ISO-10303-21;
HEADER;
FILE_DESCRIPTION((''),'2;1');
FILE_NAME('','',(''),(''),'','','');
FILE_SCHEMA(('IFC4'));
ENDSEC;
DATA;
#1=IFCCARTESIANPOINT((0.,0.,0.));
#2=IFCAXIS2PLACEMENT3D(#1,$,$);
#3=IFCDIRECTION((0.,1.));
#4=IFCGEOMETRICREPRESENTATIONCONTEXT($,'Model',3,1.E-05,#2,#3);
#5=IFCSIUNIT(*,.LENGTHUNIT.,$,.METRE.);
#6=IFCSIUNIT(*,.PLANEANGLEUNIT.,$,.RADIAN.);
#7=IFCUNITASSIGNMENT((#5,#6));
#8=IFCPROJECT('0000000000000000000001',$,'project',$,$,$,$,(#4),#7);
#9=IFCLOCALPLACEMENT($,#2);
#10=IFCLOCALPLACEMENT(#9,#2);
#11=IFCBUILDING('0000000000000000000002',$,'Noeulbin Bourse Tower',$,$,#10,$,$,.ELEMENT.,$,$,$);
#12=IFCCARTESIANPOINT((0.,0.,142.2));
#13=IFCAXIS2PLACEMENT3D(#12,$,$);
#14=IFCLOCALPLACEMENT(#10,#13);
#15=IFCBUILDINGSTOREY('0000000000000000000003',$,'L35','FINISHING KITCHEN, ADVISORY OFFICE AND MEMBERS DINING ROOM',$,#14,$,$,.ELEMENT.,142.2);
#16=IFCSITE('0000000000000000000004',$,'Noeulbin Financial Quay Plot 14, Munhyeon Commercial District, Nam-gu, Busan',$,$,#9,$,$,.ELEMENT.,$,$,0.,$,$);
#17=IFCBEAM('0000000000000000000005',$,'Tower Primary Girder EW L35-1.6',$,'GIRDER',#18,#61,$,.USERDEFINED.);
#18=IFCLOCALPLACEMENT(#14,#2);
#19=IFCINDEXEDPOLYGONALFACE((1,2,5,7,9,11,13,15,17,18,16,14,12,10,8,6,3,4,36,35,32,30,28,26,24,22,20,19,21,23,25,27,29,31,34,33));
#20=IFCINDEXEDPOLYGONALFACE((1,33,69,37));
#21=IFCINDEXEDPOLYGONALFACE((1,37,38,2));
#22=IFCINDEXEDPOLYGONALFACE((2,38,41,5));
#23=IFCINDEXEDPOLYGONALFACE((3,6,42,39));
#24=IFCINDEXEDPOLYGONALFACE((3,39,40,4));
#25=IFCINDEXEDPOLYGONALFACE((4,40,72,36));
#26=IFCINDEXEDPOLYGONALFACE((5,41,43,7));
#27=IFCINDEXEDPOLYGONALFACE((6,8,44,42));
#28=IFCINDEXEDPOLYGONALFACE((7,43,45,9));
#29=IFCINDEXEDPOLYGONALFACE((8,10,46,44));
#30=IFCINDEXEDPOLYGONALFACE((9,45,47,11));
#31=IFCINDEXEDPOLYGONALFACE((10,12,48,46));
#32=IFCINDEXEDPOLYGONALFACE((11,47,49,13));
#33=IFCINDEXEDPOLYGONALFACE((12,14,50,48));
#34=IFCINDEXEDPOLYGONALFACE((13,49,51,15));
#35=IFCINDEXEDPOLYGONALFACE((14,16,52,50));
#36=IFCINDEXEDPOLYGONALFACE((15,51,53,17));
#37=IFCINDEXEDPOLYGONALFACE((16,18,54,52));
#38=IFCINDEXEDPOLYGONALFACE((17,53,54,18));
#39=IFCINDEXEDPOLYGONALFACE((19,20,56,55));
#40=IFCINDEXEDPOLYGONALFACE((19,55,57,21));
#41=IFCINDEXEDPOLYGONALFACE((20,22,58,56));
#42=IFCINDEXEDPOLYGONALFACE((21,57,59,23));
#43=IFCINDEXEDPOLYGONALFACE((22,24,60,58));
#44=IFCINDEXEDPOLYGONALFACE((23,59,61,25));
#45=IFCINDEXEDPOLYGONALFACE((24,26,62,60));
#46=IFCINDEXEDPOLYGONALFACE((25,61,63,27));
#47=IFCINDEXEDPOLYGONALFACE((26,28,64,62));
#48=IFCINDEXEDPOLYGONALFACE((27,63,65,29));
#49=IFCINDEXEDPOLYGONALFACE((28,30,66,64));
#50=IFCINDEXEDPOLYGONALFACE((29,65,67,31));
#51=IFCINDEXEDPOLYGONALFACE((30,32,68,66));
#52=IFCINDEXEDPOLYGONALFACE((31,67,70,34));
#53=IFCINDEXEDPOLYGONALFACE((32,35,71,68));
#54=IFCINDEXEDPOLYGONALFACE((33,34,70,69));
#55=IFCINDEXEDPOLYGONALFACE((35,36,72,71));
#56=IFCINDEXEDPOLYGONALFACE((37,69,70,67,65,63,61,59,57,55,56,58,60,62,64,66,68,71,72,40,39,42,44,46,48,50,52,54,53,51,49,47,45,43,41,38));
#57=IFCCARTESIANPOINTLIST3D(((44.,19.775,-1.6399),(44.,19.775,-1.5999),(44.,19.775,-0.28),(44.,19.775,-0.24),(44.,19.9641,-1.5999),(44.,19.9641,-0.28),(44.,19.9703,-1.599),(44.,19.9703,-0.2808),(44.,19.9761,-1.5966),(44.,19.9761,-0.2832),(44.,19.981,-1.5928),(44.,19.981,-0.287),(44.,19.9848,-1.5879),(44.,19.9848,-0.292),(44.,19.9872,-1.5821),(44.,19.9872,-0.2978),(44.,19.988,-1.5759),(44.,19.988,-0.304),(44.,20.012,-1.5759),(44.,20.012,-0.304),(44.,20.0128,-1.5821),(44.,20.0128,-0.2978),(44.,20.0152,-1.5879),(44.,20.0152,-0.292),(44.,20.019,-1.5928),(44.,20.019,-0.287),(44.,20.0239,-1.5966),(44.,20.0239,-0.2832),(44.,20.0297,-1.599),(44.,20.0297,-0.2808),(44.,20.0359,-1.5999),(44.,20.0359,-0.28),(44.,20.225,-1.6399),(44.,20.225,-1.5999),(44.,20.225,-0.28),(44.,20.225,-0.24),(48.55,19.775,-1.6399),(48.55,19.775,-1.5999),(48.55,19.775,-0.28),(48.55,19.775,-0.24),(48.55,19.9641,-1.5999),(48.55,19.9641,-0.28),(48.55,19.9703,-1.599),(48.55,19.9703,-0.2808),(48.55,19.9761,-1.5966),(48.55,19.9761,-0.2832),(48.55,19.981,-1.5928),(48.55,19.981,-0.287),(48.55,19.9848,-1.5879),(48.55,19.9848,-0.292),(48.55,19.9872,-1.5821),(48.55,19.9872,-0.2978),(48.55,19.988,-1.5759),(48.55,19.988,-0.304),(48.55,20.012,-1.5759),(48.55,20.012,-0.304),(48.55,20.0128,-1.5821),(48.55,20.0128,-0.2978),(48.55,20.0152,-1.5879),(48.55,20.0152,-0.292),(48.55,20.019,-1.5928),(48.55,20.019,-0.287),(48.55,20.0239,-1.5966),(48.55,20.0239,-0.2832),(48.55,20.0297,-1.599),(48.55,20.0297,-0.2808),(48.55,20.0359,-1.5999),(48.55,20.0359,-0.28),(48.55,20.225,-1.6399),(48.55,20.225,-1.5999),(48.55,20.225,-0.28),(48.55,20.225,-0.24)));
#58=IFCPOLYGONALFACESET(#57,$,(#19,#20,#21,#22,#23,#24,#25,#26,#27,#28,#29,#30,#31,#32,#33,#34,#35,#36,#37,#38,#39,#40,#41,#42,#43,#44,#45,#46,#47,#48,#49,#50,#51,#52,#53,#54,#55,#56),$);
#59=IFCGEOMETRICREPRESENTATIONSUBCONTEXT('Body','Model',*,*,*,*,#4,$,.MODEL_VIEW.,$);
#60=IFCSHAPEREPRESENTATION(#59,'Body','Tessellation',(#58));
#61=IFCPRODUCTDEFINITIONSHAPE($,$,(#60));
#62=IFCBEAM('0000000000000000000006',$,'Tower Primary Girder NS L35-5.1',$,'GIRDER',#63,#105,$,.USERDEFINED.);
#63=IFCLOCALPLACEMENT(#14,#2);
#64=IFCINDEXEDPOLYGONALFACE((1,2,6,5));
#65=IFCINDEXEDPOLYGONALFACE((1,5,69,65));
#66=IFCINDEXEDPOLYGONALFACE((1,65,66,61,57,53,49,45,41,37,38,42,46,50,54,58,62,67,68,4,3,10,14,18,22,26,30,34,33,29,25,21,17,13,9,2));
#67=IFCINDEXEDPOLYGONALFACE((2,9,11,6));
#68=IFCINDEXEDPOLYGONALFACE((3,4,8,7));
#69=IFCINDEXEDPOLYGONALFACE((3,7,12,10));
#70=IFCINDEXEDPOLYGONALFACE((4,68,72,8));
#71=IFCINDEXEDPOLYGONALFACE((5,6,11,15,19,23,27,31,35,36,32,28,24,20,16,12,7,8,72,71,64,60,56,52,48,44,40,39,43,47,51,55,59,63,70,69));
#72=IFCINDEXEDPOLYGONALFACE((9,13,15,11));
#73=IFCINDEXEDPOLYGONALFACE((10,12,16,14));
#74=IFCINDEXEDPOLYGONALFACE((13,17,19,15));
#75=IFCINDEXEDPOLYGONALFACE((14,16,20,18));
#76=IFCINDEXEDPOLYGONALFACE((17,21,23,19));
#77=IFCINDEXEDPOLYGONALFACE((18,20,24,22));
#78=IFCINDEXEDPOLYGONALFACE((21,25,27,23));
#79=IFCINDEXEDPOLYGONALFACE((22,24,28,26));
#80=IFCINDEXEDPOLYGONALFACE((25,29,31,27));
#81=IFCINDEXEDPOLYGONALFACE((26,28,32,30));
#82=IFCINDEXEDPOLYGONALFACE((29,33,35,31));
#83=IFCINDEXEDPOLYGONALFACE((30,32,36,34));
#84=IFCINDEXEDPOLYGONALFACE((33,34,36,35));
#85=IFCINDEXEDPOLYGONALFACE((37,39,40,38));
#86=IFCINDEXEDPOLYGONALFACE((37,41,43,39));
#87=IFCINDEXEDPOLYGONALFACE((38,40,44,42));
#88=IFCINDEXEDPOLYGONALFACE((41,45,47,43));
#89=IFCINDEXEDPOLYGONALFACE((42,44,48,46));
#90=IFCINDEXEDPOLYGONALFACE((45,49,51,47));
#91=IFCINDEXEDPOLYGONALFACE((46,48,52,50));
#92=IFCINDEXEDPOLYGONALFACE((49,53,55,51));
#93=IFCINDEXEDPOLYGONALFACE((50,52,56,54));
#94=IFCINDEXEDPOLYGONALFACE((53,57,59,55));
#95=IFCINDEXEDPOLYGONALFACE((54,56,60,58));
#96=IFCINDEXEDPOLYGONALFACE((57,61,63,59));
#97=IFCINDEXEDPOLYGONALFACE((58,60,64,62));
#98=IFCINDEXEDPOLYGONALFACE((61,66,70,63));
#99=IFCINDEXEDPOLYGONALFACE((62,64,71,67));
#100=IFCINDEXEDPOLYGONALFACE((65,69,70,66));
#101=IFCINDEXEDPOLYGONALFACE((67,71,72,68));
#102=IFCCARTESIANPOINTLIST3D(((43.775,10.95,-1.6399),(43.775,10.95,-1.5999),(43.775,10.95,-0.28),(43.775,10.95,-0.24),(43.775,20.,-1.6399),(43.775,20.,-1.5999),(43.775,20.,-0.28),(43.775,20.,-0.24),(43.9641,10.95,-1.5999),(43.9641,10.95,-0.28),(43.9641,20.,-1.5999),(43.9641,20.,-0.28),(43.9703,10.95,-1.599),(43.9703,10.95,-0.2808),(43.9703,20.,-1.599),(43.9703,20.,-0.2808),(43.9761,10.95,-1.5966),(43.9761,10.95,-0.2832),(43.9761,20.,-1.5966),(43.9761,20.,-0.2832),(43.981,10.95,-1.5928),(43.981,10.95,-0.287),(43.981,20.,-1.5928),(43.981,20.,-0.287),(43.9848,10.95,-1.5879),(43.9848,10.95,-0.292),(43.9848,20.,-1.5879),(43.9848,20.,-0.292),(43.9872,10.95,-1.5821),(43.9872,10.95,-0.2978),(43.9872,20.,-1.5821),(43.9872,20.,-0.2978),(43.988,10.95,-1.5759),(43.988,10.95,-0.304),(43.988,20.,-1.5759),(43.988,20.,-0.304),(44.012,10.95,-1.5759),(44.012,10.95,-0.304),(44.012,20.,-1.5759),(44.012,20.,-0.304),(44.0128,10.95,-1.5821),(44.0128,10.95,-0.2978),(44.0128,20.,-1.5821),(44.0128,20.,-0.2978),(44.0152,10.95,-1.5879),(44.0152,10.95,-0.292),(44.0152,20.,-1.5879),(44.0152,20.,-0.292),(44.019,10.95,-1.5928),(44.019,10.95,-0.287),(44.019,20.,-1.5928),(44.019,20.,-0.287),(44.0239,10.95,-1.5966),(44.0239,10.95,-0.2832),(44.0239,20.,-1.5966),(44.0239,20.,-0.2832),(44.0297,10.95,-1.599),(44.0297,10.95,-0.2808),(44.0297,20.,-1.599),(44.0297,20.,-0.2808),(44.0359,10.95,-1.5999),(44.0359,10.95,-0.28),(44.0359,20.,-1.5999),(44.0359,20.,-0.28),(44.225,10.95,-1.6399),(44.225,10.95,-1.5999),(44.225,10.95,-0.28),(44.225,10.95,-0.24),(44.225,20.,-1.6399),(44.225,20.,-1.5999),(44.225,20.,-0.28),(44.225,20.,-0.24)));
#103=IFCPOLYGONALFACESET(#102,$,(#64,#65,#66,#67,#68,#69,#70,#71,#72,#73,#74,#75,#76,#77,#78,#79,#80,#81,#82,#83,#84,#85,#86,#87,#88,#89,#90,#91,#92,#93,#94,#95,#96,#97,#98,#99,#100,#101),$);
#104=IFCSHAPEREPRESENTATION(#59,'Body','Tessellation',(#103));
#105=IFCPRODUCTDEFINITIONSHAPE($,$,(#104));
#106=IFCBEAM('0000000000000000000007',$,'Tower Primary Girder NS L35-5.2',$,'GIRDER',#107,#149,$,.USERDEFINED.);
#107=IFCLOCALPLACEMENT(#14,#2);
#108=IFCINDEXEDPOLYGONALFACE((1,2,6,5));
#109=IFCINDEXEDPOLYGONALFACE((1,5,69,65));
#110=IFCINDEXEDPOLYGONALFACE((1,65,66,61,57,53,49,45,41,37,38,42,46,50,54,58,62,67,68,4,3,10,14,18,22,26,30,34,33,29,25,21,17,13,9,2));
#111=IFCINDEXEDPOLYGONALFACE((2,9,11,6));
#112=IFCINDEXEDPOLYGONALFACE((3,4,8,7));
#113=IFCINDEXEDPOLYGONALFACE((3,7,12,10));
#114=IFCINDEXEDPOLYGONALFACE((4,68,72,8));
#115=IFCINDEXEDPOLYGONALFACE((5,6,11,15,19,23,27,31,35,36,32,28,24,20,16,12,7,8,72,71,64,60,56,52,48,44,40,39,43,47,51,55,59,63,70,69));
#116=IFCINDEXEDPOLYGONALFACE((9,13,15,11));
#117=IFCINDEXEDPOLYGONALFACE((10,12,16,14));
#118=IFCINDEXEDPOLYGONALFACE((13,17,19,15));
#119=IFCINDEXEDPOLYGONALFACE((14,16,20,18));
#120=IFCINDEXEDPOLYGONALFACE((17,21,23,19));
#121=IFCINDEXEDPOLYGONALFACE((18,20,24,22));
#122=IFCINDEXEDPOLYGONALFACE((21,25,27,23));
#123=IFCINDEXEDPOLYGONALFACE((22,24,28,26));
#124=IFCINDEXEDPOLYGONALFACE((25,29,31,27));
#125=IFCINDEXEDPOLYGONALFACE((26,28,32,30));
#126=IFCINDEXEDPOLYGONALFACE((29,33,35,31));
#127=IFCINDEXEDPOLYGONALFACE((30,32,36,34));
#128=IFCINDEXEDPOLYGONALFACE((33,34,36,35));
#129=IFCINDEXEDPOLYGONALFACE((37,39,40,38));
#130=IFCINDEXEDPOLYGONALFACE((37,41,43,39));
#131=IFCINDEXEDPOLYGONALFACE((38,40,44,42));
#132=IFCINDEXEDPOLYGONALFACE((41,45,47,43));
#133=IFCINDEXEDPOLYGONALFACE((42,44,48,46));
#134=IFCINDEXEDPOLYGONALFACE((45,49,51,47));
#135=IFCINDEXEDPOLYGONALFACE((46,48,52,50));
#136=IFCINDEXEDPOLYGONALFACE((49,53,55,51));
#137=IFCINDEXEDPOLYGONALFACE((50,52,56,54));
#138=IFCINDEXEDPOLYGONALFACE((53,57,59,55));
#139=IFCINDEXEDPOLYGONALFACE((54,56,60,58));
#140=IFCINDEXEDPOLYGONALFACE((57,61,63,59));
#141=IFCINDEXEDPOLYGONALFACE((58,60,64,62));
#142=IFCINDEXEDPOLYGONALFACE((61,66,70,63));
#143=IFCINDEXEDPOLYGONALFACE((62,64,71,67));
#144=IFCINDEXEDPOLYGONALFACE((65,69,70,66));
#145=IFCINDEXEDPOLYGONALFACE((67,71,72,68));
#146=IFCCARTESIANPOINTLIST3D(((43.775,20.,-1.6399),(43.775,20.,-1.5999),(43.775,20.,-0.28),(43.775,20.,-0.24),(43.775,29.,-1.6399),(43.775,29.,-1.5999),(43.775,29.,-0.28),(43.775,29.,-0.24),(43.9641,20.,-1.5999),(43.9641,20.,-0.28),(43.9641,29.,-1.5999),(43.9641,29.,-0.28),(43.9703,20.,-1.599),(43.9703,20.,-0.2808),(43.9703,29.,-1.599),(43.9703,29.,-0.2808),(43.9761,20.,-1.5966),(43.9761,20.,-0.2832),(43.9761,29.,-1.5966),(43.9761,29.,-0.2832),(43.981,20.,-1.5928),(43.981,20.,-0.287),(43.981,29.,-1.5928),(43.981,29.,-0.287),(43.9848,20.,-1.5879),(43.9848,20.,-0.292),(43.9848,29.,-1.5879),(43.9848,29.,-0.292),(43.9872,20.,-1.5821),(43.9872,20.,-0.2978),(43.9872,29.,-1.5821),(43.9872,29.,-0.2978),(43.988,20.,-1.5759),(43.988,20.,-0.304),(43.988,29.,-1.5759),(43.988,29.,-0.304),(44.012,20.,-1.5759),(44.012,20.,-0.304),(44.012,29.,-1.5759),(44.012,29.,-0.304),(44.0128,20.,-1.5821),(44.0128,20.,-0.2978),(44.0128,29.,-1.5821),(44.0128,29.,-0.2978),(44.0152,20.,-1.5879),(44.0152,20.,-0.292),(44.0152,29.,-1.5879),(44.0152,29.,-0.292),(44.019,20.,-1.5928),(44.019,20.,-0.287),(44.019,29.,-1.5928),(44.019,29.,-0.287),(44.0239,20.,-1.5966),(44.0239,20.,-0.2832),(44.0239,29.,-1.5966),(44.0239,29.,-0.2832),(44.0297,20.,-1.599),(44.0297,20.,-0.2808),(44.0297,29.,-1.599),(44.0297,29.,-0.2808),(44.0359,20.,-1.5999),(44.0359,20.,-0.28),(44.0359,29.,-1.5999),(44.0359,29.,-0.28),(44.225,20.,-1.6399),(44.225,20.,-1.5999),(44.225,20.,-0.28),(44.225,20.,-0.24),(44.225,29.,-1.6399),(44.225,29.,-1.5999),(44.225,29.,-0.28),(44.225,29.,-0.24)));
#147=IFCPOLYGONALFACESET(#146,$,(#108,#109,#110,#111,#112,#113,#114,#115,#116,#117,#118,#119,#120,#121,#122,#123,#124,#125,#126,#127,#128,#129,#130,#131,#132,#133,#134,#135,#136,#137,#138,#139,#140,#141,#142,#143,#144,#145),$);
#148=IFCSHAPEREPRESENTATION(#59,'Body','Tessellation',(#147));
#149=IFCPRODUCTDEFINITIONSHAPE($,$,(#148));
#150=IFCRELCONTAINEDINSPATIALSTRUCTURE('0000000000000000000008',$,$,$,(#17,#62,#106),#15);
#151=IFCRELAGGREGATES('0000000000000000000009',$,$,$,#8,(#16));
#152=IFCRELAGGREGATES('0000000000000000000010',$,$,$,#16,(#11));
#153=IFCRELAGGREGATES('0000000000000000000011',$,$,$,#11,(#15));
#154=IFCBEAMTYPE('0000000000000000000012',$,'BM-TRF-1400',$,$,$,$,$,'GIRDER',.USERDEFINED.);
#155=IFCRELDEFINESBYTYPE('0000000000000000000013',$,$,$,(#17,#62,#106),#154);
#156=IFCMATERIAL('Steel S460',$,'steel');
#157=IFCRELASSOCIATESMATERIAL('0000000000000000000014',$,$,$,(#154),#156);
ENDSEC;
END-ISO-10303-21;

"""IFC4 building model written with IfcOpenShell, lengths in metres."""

from ifc_helpers import new_model, si_unit, direction, frame, origin, origin_2d, place, context, subcontext, project, spatial, i_section, extrude, material, material_profile, profile_set, type_object, element, save


model = new_model("IFC4")

# Units and contexts
model_context = context("Model", 3, precision=1e-05, world=origin(), true_north=direction((0.0, 1.0)))
body_context = subcontext(model_context, "Body", "Model", "MODEL_VIEW")
ifc_project = project(units=[si_unit("LENGTHUNIT", "METRE"), si_unit("PLANEANGLEUNIT", "RADIAN")], contexts=[model_context])

# Site, building, storey
site_placement = place(None, origin())
site = spatial("IfcSite", under=ifc_project, at=site_placement, Name="Noeulbin Financial Quay Plot 14, Munhyeon Commercial District, Nam-gu, Busan", CompositionType="ELEMENT", RefElevation=0.0)
building_placement = place(site_placement, origin())
building = spatial("IfcBuilding", under=site, at=building_placement, Name="Noeulbin Bourse Tower", CompositionType="ELEMENT")
storey_placement = place(building_placement, frame((0.0, 0.0, 142.2)))
storey = spatial("IfcBuildingStorey", under=building, at=storey_placement, Name="L35", Description="FINISHING KITCHEN, ADVISORY OFFICE AND MEMBERS DINING ROOM", CompositionType="ELEMENT", Elevation=142.2)

# Shared definitions
ifc_material_1 = material(Name="Steel S460", Category="steel")

# Beams
ifc_material_profile_1 = material_profile(ifc_material_1, i_section(OverallWidth=0.45, OverallDepth=1.3999, WebThickness=0.0239, FlangeThickness=0.04, FilletRadius=0.0239, at=origin_2d()), Name="PG-1400x450x24x40", Category="LoadBearing")
ifc_profile_set_1 = profile_set([ifc_material_profile_1], Name="Steel S460")
beam_type_1 = type_object("IfcBeamType", Name="BM-TRF-1400", ElementType="GIRDER", PredefinedType="USERDEFINED", material=ifc_profile_set_1)
beam_1_placement = place(storey_placement, frame((44.0, 20.0, -0.9399), z_axis=(1.0, 0.0, 0.0), x_axis=(0.0, 1.0, 0.0)))
element("IfcBeam", 1, at=beam_1_placement, inside=storey, type_object=beam_type_1, Name="Tower Primary Girder EW L35-1.6", ObjectType="GIRDER", PredefinedType="USERDEFINED", context=body_context, shape_type="SweptSolid", body=[
    extrude(i_section(OverallWidth=0.45, OverallDepth=1.3999, WebThickness=0.0239, FlangeThickness=0.04, FilletRadius=0.0239, at=origin_2d()), origin(), (0.0, 0.0, 1.0), 4.55),
])
beam_2_placement = place(storey_placement, frame((44.0, 10.95, -0.9399), z_axis=(0.0, 1.0, 0.0), x_axis=(-1.0, 0.0, 0.0)))
element("IfcBeam", 2, at=beam_2_placement, inside=storey, type_object=beam_type_1, Name="Tower Primary Girder NS L35-5.1", ObjectType="GIRDER", PredefinedType="USERDEFINED", context=body_context, shape_type="SweptSolid", body=[
    extrude(i_section(OverallWidth=0.45, OverallDepth=1.3999, WebThickness=0.0239, FlangeThickness=0.04, FilletRadius=0.0239, at=origin_2d()), origin(), (0.0, 0.0, 1.0), 9.05),
])
beam_3_placement = place(storey_placement, frame((44.0, 20.0, -0.9399), z_axis=(0.0, 1.0, 0.0), x_axis=(-1.0, 0.0, 0.0)))
element("IfcBeam", 3, at=beam_3_placement, inside=storey, type_object=beam_type_1, Name="Tower Primary Girder NS L35-5.2", ObjectType="GIRDER", PredefinedType="USERDEFINED", context=body_context, shape_type="SweptSolid", body=[
    extrude(i_section(OverallWidth=0.45, OverallDepth=1.3999, WebThickness=0.0239, FlangeThickness=0.04, FilletRadius=0.0239, at=origin_2d()), origin(), (0.0, 0.0, 1.0), 9.0),
])

save(model, "model.ifc")
